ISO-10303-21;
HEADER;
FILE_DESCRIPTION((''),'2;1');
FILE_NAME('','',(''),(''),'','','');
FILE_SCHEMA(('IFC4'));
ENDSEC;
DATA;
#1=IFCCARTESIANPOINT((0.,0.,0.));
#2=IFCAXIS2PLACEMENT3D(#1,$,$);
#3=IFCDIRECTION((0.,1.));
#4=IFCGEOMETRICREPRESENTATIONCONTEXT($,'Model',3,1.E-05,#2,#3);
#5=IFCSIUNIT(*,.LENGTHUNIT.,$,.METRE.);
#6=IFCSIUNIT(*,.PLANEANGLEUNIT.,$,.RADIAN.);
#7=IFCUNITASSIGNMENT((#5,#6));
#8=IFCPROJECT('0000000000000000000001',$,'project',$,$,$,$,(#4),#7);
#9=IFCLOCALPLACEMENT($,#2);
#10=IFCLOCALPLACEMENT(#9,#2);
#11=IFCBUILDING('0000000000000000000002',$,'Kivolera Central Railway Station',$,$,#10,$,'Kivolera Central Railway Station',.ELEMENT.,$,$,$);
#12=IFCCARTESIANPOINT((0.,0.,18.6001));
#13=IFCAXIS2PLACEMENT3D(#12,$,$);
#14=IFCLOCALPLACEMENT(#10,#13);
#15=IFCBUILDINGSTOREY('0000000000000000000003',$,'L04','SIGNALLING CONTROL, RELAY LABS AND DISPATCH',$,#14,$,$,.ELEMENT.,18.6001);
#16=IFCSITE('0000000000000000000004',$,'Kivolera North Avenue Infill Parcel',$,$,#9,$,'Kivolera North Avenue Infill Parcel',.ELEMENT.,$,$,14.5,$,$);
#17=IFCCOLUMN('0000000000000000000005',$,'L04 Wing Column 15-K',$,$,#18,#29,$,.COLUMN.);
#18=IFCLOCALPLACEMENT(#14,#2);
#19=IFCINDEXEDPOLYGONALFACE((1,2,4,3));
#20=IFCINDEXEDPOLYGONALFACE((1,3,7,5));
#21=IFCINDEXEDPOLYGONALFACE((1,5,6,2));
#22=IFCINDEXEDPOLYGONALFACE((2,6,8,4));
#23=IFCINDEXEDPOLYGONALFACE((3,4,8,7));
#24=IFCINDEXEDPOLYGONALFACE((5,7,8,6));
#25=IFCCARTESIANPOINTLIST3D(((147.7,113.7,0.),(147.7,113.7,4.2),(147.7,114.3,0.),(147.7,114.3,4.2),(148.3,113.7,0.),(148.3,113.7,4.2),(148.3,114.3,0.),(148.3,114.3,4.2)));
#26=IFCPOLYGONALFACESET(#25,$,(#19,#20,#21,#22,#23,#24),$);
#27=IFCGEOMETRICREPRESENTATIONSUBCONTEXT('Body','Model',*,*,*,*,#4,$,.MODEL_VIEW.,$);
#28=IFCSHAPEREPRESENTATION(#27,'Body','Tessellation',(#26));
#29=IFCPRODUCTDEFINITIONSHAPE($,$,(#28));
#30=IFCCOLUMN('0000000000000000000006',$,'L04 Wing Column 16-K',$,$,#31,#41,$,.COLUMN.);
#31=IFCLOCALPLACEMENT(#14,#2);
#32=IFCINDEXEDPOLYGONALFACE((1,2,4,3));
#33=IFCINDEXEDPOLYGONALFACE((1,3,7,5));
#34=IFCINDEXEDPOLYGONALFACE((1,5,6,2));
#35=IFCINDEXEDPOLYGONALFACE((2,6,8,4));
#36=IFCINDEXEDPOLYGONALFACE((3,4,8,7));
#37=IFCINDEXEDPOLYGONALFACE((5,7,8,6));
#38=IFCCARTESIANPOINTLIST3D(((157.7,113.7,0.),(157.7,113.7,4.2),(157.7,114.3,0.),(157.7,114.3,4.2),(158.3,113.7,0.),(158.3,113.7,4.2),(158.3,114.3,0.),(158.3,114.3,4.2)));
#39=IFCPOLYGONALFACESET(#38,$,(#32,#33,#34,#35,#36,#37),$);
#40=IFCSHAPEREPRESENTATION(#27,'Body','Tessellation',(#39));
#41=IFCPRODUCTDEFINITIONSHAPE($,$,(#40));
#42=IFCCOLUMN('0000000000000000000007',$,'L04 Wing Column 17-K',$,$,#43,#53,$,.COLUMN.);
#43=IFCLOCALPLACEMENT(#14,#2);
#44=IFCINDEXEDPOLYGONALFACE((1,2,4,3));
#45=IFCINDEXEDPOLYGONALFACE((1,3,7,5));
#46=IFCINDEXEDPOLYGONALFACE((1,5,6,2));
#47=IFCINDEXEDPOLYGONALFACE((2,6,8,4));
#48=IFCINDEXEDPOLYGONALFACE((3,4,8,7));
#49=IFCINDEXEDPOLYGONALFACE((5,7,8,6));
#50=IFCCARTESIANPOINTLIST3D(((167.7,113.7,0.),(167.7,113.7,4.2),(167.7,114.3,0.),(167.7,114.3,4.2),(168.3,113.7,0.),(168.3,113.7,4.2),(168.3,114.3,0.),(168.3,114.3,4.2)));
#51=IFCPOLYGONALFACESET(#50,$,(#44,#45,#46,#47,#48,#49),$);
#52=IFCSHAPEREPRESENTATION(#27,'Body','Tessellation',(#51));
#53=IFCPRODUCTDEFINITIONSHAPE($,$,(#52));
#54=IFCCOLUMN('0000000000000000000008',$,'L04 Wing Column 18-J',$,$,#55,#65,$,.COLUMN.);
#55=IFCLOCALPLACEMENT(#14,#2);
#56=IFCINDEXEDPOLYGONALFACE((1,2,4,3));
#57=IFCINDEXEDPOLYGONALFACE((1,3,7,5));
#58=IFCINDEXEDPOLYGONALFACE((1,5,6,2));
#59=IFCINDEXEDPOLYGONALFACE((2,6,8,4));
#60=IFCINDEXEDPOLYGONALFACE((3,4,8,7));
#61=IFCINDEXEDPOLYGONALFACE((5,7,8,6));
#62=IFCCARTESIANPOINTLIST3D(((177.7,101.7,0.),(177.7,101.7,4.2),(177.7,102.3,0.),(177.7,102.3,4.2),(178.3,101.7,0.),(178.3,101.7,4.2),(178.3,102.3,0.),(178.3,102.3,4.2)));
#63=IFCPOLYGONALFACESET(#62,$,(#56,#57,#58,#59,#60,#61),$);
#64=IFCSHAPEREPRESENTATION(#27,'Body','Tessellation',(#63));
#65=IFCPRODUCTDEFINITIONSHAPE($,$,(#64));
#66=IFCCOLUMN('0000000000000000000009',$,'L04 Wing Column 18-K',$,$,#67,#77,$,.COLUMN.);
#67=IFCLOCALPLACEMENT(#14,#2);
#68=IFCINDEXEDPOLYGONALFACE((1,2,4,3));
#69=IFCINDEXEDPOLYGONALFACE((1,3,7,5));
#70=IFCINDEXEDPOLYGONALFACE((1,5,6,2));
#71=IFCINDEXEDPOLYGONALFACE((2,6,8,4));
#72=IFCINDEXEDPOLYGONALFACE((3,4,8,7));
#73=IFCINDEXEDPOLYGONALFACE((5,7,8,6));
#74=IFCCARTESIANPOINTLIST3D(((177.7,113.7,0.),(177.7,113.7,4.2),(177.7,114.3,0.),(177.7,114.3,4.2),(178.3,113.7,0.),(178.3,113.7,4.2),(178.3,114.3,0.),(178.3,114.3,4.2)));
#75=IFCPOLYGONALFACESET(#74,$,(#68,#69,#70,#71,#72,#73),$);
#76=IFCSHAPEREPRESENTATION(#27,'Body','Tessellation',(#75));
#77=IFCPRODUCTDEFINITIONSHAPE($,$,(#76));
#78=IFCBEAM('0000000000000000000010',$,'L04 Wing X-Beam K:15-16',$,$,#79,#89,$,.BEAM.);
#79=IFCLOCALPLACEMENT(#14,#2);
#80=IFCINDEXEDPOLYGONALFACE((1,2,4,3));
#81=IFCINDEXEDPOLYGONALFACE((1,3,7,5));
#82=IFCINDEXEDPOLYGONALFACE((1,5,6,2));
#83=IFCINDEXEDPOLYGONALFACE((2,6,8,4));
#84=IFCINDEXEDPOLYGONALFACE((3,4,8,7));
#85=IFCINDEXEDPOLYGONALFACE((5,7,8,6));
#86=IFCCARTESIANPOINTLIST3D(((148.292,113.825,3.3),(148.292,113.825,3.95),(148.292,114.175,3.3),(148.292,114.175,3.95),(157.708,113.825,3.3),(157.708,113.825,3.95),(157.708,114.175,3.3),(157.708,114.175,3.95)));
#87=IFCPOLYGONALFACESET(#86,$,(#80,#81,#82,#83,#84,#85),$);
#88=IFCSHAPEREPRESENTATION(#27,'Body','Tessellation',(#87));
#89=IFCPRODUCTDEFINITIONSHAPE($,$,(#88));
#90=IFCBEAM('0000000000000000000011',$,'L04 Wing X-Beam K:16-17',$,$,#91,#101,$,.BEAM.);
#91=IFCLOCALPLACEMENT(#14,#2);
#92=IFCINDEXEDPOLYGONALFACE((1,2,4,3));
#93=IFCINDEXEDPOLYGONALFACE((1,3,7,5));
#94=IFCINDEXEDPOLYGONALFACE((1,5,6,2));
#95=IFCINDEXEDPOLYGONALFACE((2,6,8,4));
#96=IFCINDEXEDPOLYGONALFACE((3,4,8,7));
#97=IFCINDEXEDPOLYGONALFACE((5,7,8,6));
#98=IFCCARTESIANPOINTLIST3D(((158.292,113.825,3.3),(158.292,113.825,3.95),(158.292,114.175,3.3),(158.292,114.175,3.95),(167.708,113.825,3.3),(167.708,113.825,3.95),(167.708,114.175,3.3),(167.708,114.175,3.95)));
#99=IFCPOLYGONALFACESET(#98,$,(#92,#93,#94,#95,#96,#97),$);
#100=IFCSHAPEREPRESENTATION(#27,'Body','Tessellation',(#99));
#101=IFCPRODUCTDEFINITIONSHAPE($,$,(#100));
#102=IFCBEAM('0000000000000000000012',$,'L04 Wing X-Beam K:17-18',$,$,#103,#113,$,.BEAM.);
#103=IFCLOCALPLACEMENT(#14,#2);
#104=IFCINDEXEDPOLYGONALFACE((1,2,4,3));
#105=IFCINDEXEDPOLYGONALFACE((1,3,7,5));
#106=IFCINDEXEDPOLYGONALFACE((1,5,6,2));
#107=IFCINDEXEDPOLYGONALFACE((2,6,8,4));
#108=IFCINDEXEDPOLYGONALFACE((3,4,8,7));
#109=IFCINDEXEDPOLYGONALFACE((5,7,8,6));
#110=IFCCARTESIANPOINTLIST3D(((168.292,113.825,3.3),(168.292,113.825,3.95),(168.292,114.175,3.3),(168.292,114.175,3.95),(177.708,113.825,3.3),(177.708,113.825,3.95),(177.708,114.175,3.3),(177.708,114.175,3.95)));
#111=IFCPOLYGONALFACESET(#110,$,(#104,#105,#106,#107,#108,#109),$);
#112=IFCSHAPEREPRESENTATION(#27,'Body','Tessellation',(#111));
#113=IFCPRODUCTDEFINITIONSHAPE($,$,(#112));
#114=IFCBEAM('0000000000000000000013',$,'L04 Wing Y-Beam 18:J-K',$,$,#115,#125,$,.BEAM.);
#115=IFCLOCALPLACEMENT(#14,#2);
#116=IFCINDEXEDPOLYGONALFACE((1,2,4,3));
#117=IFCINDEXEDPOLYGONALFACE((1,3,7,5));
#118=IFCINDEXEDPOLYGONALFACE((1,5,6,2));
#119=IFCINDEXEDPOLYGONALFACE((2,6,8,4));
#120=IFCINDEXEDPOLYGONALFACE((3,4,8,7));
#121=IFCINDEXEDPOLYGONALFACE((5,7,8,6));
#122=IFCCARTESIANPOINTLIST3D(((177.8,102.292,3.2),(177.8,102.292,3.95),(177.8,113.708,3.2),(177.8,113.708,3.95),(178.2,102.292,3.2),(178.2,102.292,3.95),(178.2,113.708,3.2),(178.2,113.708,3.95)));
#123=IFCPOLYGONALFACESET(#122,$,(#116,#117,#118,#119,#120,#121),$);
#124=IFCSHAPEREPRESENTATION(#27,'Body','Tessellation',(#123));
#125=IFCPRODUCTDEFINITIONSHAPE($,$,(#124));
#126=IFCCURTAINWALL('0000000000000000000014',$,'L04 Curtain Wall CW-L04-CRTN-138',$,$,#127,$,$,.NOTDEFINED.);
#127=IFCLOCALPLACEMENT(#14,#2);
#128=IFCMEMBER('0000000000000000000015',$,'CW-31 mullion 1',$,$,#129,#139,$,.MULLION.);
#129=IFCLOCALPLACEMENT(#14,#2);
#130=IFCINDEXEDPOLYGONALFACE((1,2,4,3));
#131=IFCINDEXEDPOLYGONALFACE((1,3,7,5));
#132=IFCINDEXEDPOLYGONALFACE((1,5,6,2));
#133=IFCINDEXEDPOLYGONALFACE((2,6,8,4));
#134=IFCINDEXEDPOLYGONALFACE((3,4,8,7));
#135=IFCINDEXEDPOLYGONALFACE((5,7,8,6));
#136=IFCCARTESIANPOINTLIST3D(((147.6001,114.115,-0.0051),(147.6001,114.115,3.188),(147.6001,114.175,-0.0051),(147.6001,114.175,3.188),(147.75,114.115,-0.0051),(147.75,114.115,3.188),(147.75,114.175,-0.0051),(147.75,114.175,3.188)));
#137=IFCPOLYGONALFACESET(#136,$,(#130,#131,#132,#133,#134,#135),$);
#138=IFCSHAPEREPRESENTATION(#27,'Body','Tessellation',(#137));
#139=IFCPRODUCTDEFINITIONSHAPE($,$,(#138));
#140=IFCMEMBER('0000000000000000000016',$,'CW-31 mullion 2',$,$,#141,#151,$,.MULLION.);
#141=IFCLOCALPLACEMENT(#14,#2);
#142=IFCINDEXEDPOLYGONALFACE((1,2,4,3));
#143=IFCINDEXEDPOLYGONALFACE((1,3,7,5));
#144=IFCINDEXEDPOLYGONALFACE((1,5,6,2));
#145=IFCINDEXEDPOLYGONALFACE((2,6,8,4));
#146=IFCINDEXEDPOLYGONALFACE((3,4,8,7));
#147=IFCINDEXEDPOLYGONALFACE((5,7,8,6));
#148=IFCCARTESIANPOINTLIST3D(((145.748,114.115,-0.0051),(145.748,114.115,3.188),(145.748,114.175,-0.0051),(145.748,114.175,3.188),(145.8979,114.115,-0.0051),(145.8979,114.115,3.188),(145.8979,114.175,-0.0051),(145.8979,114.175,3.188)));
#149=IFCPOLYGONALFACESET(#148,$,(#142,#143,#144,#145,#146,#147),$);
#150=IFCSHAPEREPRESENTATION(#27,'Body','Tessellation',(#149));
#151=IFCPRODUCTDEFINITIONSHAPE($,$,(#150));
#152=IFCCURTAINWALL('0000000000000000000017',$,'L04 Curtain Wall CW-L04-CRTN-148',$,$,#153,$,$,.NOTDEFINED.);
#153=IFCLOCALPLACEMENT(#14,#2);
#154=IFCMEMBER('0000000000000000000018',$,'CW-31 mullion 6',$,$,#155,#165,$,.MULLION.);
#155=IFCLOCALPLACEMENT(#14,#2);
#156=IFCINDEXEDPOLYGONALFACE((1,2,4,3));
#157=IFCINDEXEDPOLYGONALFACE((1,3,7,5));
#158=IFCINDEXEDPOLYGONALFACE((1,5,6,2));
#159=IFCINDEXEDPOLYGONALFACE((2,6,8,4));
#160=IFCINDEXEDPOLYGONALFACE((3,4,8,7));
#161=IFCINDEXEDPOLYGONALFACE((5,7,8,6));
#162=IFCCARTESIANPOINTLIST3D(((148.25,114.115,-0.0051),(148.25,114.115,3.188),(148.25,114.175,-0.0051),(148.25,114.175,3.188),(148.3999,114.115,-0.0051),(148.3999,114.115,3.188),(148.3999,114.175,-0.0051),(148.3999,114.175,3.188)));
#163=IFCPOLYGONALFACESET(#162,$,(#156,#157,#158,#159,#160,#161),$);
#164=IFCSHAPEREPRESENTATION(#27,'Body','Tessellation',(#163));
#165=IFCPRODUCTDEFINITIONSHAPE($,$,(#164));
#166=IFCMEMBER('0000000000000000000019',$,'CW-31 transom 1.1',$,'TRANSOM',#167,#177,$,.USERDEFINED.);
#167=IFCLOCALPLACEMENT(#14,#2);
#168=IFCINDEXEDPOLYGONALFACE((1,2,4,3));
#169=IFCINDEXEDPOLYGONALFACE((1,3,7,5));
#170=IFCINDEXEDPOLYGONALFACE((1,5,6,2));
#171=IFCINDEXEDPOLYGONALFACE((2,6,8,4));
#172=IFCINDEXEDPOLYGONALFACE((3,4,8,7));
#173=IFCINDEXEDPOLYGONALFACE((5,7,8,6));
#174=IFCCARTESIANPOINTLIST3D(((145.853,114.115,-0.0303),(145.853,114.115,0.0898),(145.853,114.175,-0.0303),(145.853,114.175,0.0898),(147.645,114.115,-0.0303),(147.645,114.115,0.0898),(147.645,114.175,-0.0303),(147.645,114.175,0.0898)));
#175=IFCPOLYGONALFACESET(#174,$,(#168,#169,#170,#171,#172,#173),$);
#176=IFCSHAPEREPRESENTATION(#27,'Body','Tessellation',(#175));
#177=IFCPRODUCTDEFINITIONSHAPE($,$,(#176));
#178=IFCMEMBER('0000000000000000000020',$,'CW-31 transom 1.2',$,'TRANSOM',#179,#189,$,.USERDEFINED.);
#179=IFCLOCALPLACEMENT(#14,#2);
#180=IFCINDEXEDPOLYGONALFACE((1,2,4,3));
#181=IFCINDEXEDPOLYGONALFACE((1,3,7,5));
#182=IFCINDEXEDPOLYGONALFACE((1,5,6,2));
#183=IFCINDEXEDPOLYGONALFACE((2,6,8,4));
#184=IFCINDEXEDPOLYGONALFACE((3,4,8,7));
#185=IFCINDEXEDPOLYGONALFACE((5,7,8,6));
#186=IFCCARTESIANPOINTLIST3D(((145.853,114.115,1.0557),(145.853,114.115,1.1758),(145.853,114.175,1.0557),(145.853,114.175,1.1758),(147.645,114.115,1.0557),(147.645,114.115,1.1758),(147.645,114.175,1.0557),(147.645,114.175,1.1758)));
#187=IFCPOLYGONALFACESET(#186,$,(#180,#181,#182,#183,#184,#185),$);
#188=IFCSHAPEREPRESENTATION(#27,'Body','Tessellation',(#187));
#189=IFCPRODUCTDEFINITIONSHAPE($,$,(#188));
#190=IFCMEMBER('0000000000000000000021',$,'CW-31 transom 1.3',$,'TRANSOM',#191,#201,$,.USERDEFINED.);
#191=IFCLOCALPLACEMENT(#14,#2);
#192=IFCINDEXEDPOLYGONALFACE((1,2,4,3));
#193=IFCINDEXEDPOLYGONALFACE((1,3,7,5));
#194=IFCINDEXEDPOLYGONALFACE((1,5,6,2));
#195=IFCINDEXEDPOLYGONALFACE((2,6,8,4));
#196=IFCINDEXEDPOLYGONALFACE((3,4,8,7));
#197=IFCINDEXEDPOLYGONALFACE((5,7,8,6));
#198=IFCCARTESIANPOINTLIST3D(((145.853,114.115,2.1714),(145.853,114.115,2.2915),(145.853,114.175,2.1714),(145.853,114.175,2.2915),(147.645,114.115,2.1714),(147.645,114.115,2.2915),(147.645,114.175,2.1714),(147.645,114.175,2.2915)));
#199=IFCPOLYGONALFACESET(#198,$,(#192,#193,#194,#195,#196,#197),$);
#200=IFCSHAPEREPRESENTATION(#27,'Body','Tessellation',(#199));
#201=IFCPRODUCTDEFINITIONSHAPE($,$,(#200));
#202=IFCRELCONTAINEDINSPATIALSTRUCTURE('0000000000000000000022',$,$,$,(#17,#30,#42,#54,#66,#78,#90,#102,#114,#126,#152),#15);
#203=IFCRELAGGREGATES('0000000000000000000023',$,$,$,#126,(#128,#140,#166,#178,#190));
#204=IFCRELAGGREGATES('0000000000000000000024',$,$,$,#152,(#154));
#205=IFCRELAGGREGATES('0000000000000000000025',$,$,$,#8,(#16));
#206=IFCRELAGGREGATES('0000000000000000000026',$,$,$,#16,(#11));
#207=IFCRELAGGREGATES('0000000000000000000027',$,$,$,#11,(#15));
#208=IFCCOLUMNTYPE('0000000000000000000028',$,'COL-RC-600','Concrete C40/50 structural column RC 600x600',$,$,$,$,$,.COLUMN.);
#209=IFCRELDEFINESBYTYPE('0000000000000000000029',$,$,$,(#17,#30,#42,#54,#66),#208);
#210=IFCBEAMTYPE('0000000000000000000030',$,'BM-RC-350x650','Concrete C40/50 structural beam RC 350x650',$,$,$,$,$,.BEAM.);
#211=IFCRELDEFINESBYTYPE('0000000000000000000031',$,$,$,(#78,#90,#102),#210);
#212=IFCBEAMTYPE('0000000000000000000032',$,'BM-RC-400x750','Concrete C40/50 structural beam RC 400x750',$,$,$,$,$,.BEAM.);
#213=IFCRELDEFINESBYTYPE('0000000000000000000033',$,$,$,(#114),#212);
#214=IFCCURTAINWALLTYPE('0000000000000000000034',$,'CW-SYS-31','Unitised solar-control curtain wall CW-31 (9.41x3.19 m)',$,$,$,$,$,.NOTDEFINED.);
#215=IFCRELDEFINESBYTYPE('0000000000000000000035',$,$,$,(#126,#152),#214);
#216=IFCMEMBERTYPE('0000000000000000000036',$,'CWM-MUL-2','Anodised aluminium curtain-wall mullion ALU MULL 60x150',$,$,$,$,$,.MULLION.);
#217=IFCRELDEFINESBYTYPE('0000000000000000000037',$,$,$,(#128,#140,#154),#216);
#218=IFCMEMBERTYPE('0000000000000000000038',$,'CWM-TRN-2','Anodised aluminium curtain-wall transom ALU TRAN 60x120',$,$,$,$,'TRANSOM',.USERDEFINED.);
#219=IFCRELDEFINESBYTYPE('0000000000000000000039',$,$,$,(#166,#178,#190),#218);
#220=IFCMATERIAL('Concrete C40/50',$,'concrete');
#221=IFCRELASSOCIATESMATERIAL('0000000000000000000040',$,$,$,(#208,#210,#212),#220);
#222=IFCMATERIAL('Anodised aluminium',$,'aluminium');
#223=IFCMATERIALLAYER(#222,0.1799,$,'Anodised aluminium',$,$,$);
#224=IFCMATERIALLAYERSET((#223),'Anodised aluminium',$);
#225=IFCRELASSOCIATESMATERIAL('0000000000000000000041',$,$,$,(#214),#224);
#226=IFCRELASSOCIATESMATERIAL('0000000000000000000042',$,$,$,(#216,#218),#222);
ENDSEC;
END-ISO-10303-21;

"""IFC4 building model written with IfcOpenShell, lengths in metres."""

from ifc_helpers import new_model, si_unit, direction, frame, origin, origin_2d, place, context, subcontext, project, spatial, rectangle, extrude, material, layer, layer_set, material_profile, profile_set, type_object, element, aggregate, save


model = new_model("IFC4")

# Units and contexts
model_context = context("Model", 3, precision=1e-05, world=origin(), true_north=direction((0.0, 1.0)))
body_context = subcontext(model_context, "Body", "Model", "MODEL_VIEW")
ifc_project = project(units=[si_unit("LENGTHUNIT", "METRE"), si_unit("PLANEANGLEUNIT", "RADIAN")], contexts=[model_context])

# Site, building, storey
site_placement = place(None, origin())
site = spatial("IfcSite", under=ifc_project, at=site_placement, Name="Kivolera North Avenue Infill Parcel", LongName="Kivolera North Avenue Infill Parcel", CompositionType="ELEMENT", RefElevation=14.5)
building_placement = place(site_placement, origin())
building = spatial("IfcBuilding", under=site, at=building_placement, Name="Kivolera Central Railway Station", LongName="Kivolera Central Railway Station", CompositionType="ELEMENT")
storey_placement = place(building_placement, frame((0.0, 0.0, 18.6001)))
storey = spatial("IfcBuildingStorey", under=building, at=storey_placement, Name="L04", Description="SIGNALLING CONTROL, RELAY LABS AND DISPATCH", CompositionType="ELEMENT", Elevation=18.6001)

# Columns
ifc_material_1 = material(Name="Concrete C40/50", Category="concrete")
ifc_material_profile_1 = material_profile(ifc_material_1, rectangle(XDim=0.6001, YDim=0.6001, at=origin_2d()), Name="RC 600x600")
ifc_profile_set_1 = profile_set([ifc_material_profile_1], Name="Concrete C40/50")
column_type = type_object("IfcColumnType", Name="COL-RC-600", Description="Concrete C40/50 structural column RC 600x600", PredefinedType="COLUMN", material=ifc_profile_set_1)
for number, where, z_axis, x_axis, name in (
    (1, (148.0, 114.0, 0.0), (0.0, 0.0, 1.0), (1.0, 0.0, 0.0), "L04 Wing Column 15-K"),
    (2, (158.0, 114.0, 0.0), (0.0, 0.0, 1.0), (1.0, 0.0, 0.0), "L04 Wing Column 16-K"),
    (3, (168.0, 114.0, 0.0), (0.0, 0.0, 1.0), (1.0, 0.0, 0.0), "L04 Wing Column 17-K"),
    (4, (178.0, 102.0, 0.0), (0.0, 0.0, 1.0), (1.0, 0.0, 0.0), "L04 Wing Column 18-J"),
    (5, (178.0, 114.0, 0.0), (0.0, 0.0, 1.0), (1.0, 0.0, 0.0), "L04 Wing Column 18-K"),
):
    element("IfcColumn", number, at=place(storey_placement, frame(where, z_axis=z_axis, x_axis=x_axis)), inside=storey, type_object=column_type, Name=name, PredefinedType="COLUMN", context=body_context, shape_type="SweptSolid", body=[
        extrude(rectangle(XDim=0.6001, YDim=0.6001, at=origin_2d()), origin(), (0.0, 0.0, 1.0), 4.2),
    ])

# Beams
ifc_material_profile_2 = material_profile(ifc_material_1, rectangle(XDim=0.3501, YDim=0.6499, at=origin_2d()), Name="RC 350x650")
ifc_profile_set_2 = profile_set([ifc_material_profile_2], Name="Concrete C40/50")
beam_type_1 = type_object("IfcBeamType", Name="BM-RC-350x650", Description="Concrete C40/50 structural beam RC 350x650", PredefinedType="BEAM", material=ifc_profile_set_2)
for number, where, z_axis, x_axis, name in (
    (6, (148.292, 114.0, 3.625), (1.0, 0.0, 0.0), (0.0, 1.0, 0.0), "L04 Wing X-Beam K:15-16"),
    (7, (158.292, 114.0, 3.625), (1.0, 0.0, 0.0), (0.0, 1.0, 0.0), "L04 Wing X-Beam K:16-17"),
    (8, (168.292, 114.0, 3.625), (1.0, 0.0, 0.0), (0.0, 1.0, 0.0), "L04 Wing X-Beam K:17-18"),
):
    element("IfcBeam", number, at=place(storey_placement, frame(where, z_axis=z_axis, x_axis=x_axis)), inside=storey, type_object=beam_type_1, Name=name, PredefinedType="BEAM", context=body_context, shape_type="SweptSolid", body=[
        extrude(rectangle(XDim=0.3501, YDim=0.6499, at=origin_2d()), origin(), (0.0, 0.0, 1.0), 9.416),
    ])
ifc_material_profile_3 = material_profile(ifc_material_1, rectangle(XDim=0.3999, YDim=0.75, at=origin_2d()), Name="RC 400x750")
ifc_profile_set_3 = profile_set([ifc_material_profile_3], Name="Concrete C40/50")
beam_type_2 = type_object("IfcBeamType", Name="BM-RC-400x750", Description="Concrete C40/50 structural beam RC 400x750", PredefinedType="BEAM", material=ifc_profile_set_3)
beam_placement = place(storey_placement, frame((178.0, 102.292, 3.575), z_axis=(0.0, 1.0, 0.0), x_axis=(-1.0, 0.0, 0.0)))
element("IfcBeam", 9, at=beam_placement, inside=storey, type_object=beam_type_2, Name="L04 Wing Y-Beam 18:J-K", PredefinedType="BEAM", context=body_context, shape_type="SweptSolid", body=[
    extrude(rectangle(XDim=0.3999, YDim=0.75, at=origin_2d()), origin(), (0.0, 0.0, 1.0), 11.416),
])

# Curtain wall, members
ifc_material_2 = material(Name="Anodised aluminium", Category="aluminium")
ifc_layer_1 = layer(ifc_material_2, 0.1799, Name="Anodised aluminium")
ifc_layer_set_1 = layer_set([ifc_layer_1], Name="Anodised aluminium")
curtain_wall_type_1 = type_object("IfcCurtainWallType", Name="CW-SYS-31", Description="Unitised solar-control curtain wall CW-31 (9.41x3.19 m)", PredefinedType="NOTDEFINED", material=ifc_layer_set_1)
curtain_wall_1_placement = place(storey_placement, origin())
curtain_wall_1 = element("IfcCurtainWall", 10, at=curtain_wall_1_placement, inside=storey, type_object=curtain_wall_type_1, Name="L04 Curtain Wall CW-L04-CRTN-138", PredefinedType="NOTDEFINED")
ifc_material_profile_4 = material_profile(ifc_material_2, rectangle(XDim=0.0601, YDim=0.1499, at=origin_2d()), Name="ALU MULL 60x150")
ifc_profile_set_4 = profile_set([ifc_material_profile_4], Name="Anodised aluminium")
member_type_1 = type_object("IfcMemberType", Name="CWM-MUL-2", Description="Anodised aluminium curtain-wall mullion ALU MULL 60x150", PredefinedType="MULLION", material=ifc_profile_set_4)
member_1_placement = place(storey_placement, frame((147.675, 114.145, -0.0051), z_axis=(0.0, 0.0, 1.0), x_axis=(0.0, -1.0, 0.0)))
member_1 = element("IfcMember", 11, at=member_1_placement, type_object=member_type_1, Name="CW-31 mullion 1", PredefinedType="MULLION", context=body_context, shape_type="SweptSolid", body=[
    extrude(rectangle(XDim=0.0601, YDim=0.1499, at=origin_2d()), origin(), (0.0, 0.0, 1.0), 3.1931),
])
member_2_placement = place(storey_placement, frame((145.823, 114.145, -0.0051), z_axis=(0.0, 0.0, 1.0), x_axis=(0.0, -1.0, 0.0)))
member_2 = element("IfcMember", 12, at=member_2_placement, type_object=member_type_1, Name="CW-31 mullion 2", PredefinedType="MULLION", context=body_context, shape_type="SweptSolid", body=[
    extrude(rectangle(XDim=0.0601, YDim=0.1499, at=origin_2d()), origin(), (0.0, 0.0, 1.0), 3.1931),
])

# Curtain wall, member
curtain_wall_2_placement = place(storey_placement, origin())
curtain_wall_2 = element("IfcCurtainWall", 13, at=curtain_wall_2_placement, inside=storey, type_object=curtain_wall_type_1, Name="L04 Curtain Wall CW-L04-CRTN-148", PredefinedType="NOTDEFINED")
member_3_placement = place(storey_placement, frame((148.325, 114.145, -0.0051), z_axis=(0.0, 0.0, 1.0), x_axis=(0.0, -1.0, 0.0)))
member_3 = element("IfcMember", 14, at=member_3_placement, type_object=member_type_1, Name="CW-31 mullion 6", PredefinedType="MULLION", context=body_context, shape_type="SweptSolid", body=[
    extrude(rectangle(XDim=0.0601, YDim=0.1499, at=origin_2d()), origin(), (0.0, 0.0, 1.0), 3.1931),
])

# Members
ifc_material_profile_5 = material_profile(ifc_material_2, rectangle(XDim=0.0601, YDim=0.1201, at=origin_2d()), Name="ALU TRAN 60x120")
ifc_profile_set_5 = profile_set([ifc_material_profile_5], Name="Anodised aluminium")
member_type_2 = type_object("IfcMemberType", Name="CWM-TRN-2", Description="Anodised aluminium curtain-wall transom ALU TRAN 60x120", ElementType="TRANSOM", PredefinedType="USERDEFINED", material=ifc_profile_set_5)
member_4_placement = place(storey_placement, frame((147.645, 114.145, 0.0298), z_axis=(-1.0, 0.0, 0.0), x_axis=(0.0, -1.0, 0.0)))
member_4 = element("IfcMember", 15, at=member_4_placement, type_object=member_type_2, Name="CW-31 transom 1.1", ObjectType="TRANSOM", PredefinedType="USERDEFINED", context=body_context, shape_type="SweptSolid", body=[
    extrude(rectangle(XDim=0.0601, YDim=0.1201, at=origin_2d()), origin(), (0.0, 0.0, 1.0), 1.792),
])
member_5_placement = place(storey_placement, frame((147.645, 114.145, 1.1157), z_axis=(-1.0, 0.0, 0.0), x_axis=(0.0, -1.0, 0.0)))
member_5 = element("IfcMember", 16, at=member_5_placement, type_object=member_type_2, Name="CW-31 transom 1.2", ObjectType="TRANSOM", PredefinedType="USERDEFINED", context=body_context, shape_type="SweptSolid", body=[
    extrude(rectangle(XDim=0.0601, YDim=0.1201, at=origin_2d()), origin(), (0.0, 0.0, 1.0), 1.792),
])
member_6_placement = place(storey_placement, frame((147.645, 114.145, 2.2314), z_axis=(-1.0, 0.0, 0.0), x_axis=(0.0, -1.0, 0.0)))
member_6 = element("IfcMember", 17, at=member_6_placement, type_object=member_type_2, Name="CW-31 transom 1.3", ObjectType="TRANSOM", PredefinedType="USERDEFINED", context=body_context, shape_type="SweptSolid", body=[
    extrude(rectangle(XDim=0.0601, YDim=0.1201, at=origin_2d()), origin(), (0.0, 0.0, 1.0), 1.792),
])

aggregate(curtain_wall_1, [member_1, member_2, member_4, member_5, member_6])
aggregate(curtain_wall_2, [member_3])

save(model, "model.ifc")
